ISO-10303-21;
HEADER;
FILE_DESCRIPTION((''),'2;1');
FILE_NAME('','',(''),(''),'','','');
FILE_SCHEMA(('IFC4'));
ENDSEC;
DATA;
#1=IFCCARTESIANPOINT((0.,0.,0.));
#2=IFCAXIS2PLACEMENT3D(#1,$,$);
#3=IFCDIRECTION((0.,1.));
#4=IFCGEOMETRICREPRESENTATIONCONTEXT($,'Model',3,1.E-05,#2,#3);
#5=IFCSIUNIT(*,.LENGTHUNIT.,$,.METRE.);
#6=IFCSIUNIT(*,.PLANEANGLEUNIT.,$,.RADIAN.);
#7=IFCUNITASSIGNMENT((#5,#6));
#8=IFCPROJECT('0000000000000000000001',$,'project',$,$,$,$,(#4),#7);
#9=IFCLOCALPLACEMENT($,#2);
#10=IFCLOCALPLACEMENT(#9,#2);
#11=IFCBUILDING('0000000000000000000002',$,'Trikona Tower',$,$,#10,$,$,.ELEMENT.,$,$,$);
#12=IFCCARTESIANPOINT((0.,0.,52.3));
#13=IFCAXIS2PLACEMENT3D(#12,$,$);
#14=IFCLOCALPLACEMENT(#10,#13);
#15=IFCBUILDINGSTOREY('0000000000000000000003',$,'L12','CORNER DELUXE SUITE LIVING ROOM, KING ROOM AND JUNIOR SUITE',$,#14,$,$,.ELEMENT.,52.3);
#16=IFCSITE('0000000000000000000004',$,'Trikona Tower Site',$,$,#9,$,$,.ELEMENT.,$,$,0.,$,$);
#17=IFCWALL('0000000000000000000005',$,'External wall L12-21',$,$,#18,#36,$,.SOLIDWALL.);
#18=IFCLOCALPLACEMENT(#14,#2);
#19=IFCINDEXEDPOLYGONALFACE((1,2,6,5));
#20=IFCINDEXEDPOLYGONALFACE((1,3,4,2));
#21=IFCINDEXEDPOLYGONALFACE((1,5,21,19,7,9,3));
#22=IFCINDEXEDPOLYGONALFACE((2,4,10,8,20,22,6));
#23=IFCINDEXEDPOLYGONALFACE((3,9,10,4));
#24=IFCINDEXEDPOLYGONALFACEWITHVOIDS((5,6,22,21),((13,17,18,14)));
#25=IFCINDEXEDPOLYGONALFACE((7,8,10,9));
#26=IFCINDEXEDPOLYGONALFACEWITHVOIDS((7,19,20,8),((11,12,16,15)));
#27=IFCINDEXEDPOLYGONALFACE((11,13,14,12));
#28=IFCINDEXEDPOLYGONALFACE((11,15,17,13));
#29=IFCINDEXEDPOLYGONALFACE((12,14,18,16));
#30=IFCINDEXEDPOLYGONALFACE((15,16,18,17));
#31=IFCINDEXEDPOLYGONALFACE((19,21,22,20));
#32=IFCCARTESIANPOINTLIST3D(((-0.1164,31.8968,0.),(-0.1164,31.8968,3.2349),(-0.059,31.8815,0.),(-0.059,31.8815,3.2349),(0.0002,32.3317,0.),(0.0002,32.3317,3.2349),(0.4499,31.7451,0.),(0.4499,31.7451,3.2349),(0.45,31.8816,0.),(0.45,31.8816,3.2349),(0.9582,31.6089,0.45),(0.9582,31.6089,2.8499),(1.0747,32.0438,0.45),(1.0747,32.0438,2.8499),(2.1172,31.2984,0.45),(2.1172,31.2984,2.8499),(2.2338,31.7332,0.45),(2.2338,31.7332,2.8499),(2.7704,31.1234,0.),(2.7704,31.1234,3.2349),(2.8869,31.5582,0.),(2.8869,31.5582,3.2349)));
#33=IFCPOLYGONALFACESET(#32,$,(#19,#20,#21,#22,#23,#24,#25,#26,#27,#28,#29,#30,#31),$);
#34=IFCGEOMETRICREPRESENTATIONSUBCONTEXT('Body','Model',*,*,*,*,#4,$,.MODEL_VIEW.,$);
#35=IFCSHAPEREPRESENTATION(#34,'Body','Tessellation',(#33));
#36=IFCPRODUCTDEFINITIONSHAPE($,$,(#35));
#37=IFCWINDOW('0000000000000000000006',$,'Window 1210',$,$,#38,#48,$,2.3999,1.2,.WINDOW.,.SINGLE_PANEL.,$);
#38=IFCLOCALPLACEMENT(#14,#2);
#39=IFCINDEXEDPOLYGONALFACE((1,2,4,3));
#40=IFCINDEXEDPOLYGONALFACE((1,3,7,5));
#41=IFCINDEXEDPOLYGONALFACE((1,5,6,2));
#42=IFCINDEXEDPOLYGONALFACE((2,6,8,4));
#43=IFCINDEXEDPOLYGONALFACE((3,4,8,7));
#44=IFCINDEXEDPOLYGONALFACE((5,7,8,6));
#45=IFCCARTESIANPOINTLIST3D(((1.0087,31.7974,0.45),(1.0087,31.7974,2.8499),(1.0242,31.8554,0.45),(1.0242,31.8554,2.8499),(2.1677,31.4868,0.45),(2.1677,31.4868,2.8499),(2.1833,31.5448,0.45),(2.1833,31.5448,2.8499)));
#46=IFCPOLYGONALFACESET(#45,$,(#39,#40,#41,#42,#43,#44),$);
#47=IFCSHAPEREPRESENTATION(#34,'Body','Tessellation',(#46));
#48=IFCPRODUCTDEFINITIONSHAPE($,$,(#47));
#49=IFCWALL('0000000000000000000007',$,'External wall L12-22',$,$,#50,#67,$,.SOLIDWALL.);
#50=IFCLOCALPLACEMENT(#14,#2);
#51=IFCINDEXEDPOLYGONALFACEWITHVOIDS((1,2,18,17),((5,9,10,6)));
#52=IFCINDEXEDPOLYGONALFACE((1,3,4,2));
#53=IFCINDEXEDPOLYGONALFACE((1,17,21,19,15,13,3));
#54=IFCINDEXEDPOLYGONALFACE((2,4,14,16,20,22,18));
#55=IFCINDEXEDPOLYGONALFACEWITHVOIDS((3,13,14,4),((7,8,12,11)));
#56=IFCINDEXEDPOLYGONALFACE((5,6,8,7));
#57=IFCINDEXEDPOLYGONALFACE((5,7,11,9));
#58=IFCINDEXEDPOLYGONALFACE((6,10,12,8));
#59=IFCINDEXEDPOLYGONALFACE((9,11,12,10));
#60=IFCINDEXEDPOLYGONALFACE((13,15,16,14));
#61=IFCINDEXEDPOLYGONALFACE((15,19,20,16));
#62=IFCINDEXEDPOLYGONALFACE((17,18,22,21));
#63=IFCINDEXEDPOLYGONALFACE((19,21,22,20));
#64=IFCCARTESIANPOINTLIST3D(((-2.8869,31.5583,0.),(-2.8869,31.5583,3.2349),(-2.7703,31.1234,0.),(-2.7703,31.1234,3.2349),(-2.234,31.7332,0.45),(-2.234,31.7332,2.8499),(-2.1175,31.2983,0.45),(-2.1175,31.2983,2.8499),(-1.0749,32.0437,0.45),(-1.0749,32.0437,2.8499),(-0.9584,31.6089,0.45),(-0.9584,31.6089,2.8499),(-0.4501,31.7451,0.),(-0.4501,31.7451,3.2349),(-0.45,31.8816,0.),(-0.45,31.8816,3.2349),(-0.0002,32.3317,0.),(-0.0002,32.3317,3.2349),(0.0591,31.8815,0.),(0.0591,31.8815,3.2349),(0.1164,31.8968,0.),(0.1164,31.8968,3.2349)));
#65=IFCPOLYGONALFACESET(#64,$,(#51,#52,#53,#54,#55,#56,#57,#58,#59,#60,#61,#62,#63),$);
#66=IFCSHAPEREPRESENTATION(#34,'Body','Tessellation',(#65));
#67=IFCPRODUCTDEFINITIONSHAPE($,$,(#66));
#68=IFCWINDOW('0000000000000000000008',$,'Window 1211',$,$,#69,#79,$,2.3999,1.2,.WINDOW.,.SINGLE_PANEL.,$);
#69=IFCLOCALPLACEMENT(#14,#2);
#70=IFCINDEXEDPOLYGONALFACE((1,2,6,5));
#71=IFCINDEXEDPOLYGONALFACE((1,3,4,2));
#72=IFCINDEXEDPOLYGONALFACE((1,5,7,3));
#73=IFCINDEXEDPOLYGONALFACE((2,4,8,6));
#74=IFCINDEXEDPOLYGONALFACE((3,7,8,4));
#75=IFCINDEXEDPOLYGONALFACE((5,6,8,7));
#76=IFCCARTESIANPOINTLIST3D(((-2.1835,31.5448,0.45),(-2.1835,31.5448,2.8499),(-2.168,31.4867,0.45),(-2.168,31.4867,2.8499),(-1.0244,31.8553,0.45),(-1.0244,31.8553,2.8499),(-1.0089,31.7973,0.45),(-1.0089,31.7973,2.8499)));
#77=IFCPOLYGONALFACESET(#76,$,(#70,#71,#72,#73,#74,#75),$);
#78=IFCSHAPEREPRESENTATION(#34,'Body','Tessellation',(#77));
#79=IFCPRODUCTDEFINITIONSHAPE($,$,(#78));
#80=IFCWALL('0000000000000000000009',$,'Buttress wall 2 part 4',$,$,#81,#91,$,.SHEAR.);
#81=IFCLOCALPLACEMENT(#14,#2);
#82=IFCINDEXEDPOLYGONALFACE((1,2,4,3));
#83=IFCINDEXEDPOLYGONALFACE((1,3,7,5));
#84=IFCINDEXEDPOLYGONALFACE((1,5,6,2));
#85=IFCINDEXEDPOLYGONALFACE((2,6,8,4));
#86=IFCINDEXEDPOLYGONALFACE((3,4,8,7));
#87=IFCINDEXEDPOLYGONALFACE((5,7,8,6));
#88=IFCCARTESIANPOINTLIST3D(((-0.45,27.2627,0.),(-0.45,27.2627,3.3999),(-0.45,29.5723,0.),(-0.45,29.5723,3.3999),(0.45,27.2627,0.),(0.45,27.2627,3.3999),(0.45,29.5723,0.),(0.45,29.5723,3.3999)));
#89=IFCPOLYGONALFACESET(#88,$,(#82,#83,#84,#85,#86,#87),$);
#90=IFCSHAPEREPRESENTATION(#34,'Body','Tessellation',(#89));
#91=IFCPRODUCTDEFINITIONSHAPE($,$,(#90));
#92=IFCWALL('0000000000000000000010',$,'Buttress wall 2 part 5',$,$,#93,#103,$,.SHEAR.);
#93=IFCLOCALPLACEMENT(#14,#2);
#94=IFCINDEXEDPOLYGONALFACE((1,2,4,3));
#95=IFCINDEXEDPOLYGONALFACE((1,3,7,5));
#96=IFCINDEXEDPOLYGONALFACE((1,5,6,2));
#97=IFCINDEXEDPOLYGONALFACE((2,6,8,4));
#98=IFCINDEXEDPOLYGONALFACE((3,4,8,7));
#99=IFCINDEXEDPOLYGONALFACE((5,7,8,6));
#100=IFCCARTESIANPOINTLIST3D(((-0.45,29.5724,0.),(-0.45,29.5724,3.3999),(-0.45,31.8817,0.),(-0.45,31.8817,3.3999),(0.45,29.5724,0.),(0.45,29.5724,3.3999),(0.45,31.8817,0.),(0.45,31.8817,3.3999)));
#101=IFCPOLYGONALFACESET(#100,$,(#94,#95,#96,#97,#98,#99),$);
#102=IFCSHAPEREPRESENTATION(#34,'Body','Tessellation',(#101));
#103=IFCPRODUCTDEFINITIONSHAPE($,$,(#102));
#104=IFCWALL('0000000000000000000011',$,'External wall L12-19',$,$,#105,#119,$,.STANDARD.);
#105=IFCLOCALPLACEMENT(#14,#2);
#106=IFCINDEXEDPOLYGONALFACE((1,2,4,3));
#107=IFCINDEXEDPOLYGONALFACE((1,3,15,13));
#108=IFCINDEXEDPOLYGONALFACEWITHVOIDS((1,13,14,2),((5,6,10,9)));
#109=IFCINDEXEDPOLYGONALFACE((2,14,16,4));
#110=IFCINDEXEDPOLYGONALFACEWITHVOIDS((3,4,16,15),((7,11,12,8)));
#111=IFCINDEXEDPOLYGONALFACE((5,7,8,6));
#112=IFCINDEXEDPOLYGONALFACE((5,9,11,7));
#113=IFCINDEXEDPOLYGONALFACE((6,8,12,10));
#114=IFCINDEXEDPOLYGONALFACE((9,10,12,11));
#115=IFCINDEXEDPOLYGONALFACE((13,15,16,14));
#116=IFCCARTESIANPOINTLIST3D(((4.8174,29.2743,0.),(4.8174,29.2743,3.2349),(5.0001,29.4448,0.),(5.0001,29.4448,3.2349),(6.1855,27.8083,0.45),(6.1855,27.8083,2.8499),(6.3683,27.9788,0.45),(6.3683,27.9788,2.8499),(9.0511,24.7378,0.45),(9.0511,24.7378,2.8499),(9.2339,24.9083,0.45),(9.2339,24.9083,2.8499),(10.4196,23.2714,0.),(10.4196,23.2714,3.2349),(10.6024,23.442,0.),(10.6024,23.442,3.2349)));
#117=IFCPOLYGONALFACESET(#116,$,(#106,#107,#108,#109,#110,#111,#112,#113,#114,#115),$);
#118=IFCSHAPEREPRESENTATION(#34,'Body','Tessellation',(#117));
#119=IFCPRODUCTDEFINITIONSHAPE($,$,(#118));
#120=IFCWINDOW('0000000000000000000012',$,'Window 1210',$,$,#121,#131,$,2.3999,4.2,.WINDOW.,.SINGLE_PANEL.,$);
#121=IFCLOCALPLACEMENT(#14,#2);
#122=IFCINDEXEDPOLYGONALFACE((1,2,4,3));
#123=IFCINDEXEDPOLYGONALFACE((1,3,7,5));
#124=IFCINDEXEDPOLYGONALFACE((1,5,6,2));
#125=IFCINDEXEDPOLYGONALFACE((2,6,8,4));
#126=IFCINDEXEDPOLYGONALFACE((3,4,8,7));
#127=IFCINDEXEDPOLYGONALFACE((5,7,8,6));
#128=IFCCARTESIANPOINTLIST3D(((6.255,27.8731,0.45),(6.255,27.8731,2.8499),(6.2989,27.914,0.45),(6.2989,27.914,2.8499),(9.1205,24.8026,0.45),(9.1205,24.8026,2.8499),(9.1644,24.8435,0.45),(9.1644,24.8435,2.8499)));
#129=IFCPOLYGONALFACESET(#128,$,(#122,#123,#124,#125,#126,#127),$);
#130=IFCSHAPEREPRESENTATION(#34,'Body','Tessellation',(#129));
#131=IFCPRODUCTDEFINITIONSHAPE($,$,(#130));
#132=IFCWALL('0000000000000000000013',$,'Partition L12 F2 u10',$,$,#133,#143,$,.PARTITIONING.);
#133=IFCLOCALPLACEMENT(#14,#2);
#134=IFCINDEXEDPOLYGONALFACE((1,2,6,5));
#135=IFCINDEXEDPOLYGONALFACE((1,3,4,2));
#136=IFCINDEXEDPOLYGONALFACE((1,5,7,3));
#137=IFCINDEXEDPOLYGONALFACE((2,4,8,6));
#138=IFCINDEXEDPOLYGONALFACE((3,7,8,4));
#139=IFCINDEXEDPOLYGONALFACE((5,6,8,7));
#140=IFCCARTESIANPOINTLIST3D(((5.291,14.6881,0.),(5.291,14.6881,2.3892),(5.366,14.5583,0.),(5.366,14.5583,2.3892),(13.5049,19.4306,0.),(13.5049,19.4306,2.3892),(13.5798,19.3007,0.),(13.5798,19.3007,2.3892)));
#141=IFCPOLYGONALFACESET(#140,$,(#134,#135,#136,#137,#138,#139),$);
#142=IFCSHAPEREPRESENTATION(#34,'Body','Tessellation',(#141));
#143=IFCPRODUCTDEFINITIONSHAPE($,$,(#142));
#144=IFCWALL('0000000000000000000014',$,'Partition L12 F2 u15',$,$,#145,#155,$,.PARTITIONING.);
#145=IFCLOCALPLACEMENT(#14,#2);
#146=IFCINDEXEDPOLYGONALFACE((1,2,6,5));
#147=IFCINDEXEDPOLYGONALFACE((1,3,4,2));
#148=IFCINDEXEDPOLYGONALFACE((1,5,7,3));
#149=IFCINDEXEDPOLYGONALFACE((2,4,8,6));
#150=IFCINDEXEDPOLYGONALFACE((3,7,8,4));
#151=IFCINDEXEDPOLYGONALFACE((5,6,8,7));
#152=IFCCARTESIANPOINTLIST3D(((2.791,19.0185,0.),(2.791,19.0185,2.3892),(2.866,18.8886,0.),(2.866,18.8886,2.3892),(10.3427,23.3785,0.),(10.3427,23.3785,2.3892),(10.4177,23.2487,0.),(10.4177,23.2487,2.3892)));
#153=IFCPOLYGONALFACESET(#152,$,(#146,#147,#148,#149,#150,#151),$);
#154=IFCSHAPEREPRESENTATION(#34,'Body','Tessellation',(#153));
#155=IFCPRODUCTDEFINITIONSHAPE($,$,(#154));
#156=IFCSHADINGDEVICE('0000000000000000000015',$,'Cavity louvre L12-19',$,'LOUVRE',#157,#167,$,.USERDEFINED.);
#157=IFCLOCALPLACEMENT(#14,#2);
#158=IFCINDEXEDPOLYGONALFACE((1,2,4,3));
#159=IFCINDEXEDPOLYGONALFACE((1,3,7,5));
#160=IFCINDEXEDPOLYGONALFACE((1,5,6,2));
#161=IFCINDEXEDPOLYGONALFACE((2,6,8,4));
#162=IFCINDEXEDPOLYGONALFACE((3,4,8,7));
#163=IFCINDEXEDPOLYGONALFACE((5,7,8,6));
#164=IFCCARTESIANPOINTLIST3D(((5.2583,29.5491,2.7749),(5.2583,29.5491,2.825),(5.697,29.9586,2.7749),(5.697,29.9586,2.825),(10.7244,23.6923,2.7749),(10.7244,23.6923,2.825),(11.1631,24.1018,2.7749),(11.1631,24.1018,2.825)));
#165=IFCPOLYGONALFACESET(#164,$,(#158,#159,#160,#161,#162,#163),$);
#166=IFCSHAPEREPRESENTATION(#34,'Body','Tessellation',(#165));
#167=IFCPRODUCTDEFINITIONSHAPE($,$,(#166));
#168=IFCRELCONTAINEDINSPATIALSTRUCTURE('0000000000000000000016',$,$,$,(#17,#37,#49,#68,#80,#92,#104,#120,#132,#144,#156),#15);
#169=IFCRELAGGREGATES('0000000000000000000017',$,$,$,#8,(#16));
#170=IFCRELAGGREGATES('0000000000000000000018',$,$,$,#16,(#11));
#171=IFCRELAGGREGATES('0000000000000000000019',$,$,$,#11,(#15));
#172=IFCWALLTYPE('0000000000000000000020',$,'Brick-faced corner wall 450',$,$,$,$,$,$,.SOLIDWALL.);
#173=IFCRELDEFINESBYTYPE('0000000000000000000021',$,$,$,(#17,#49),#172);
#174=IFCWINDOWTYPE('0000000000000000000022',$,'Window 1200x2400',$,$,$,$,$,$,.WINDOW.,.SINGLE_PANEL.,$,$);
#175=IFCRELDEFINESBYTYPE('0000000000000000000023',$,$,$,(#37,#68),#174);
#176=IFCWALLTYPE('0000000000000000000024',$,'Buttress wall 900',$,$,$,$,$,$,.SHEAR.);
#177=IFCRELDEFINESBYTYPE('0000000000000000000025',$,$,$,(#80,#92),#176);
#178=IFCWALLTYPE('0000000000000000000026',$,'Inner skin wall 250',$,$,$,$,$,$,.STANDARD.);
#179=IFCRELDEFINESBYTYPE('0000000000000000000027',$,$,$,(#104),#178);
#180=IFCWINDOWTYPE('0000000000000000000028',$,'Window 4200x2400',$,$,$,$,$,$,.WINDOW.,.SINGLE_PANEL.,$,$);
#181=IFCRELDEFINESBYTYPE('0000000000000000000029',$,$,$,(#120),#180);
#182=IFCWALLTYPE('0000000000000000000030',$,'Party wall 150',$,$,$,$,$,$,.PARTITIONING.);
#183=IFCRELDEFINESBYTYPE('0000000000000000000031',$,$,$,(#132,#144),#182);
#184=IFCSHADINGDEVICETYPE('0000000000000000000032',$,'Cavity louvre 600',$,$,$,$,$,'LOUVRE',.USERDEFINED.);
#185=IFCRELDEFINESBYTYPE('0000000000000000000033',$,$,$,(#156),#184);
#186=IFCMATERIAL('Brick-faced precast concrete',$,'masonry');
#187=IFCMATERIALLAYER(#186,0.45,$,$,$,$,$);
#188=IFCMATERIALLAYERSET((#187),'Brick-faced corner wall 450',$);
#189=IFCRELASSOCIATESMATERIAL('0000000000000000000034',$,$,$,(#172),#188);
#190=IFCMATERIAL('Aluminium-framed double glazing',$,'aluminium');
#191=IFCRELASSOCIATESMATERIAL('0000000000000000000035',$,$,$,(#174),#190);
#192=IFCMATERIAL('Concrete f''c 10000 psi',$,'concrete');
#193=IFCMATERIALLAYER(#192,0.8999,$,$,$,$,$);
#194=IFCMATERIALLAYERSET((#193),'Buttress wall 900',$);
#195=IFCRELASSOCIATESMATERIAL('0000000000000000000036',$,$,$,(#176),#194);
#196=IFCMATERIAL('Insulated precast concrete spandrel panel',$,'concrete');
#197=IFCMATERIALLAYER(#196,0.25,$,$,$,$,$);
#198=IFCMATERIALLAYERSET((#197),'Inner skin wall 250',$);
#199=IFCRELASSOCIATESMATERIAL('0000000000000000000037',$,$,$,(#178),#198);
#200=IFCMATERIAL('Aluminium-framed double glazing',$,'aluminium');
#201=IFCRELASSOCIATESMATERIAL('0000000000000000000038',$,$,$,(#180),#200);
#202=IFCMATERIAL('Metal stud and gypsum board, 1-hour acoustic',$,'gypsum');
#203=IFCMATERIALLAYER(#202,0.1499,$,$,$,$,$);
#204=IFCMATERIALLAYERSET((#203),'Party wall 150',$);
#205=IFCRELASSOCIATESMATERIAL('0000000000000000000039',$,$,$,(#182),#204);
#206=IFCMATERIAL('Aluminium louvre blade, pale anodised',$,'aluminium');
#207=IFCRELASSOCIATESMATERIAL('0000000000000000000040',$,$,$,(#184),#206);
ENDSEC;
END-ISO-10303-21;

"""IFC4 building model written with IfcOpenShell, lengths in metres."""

from ifc_helpers import new_model, si_unit, direction, frame, frame_2d, origin, origin_2d, place, context, subcontext, project, spatial, polyline, rectangle, outline, extrude, material, layer, layer_set, type_object, element, fill, save


model = new_model("IFC4")

# Units and contexts
model_context = context("Model", 3, precision=1e-05, world=origin(), true_north=direction((0.0, 1.0)))
body_context = subcontext(model_context, "Body", "Model", "MODEL_VIEW")
ifc_project = project(units=[si_unit("LENGTHUNIT", "METRE"), si_unit("PLANEANGLEUNIT", "RADIAN")], contexts=[model_context])

# Site, building, storey
site_placement = place(None, origin())
site = spatial("IfcSite", under=ifc_project, at=site_placement, Name="Trikona Tower Site", CompositionType="ELEMENT", RefElevation=0.0)
building_placement = place(site_placement, origin())
building = spatial("IfcBuilding", under=site, at=building_placement, Name="Trikona Tower", CompositionType="ELEMENT")
storey_placement = place(building_placement, frame((0.0, 0.0, 52.3)))
storey = spatial("IfcBuildingStorey", under=building, at=storey_placement, Name="L12", Description="CORNER DELUXE SUITE LIVING ROOM, KING ROOM AND JUNIOR SUITE", CompositionType="ELEMENT", Elevation=52.3)

# Walls, openings, windows
ifc_material_1 = material(Name="Brick-faced precast concrete", Category="masonry")
ifc_layer_1 = layer(ifc_material_1, 0.45)
ifc_layer_set_1 = layer_set([ifc_layer_1], Name="Brick-faced corner wall 450")
wall_type_1 = type_object("IfcWallType", Name="Brick-faced corner wall 450", PredefinedType="SOLIDWALL", material=ifc_layer_set_1)
wall_1_placement = place(storey_placement, frame((2.8286, 31.3408, 0.0), z_axis=(0.0, 0.0, 1.0), x_axis=(-0.965931, 0.258801, 0.0)))
wall_1 = element("IfcWall", 1, at=wall_1_placement, inside=storey, type_object=wall_type_1, Name="External wall L12-21", PredefinedType="SOLIDWALL", context=body_context, shape_type="SweptSolid", body=[
    extrude(outline(polyline([(2.9885, 0.2251), (2.9292, 0.2251), (2.4375, 0.0933), (2.4023, 0.2251), (0.0, 0.2251), (0.0, -0.2251), (2.9885, -0.2251), (2.9885, 0.2251)])), origin(), (0.0, 0.0, 1.0), 3.2349),
])
opening_1_placement = place(wall_1_placement, frame((0.676, 0.0, 0.45)))
opening_1 = element("IfcOpeningElement", 2, at=opening_1_placement, cuts=wall_1, PredefinedType="OPENING", context=body_context, shape_type="SweptSolid", body=[
    extrude(rectangle(XDim=1.2, YDim=2.3999, at=frame_2d((0.6001, 1.2))), frame((0.0, 0.2349, 0.0), z_axis=(0.0, -1.0, 0.0), x_axis=(1.0, 0.0, 0.0)), (0.0, 0.0, 1.0), 0.47),
])
ifc_material_2 = material(Name="Aluminium-framed double glazing", Category="aluminium")
window_type_1 = type_object("IfcWindowType", Name="Window 1200x2400", PartitioningType="SINGLE_PANEL", PredefinedType="WINDOW", material=ifc_material_2)
window_1_placement = place(opening_1_placement, origin())
window_1 = element("IfcWindow", 3, at=window_1_placement, inside=storey, type_object=window_type_1, Name="Window 1210", OverallHeight=2.3999, OverallWidth=1.2, PartitioningType="SINGLE_PANEL", PredefinedType="WINDOW", context=body_context, shape_type="SweptSolid", body=[
    extrude(rectangle(XDim=1.2, YDim=2.3999, at=frame_2d((0.6001, 1.2))), frame((0.0, 0.03, 0.0), z_axis=(0.0, -1.0, 0.0), x_axis=(1.0, 0.0, 0.0)), (0.0, 0.0, 1.0), 0.0601),
])
fill(opening_1, window_1)
wall_2_placement = place(storey_placement, frame((0.0581, 32.1143, 0.0), z_axis=(0.0, 0.0, 1.0), x_axis=(-0.965931, -0.258801, 0.0)))
wall_2 = element("IfcWall", 4, at=wall_2_placement, inside=storey, type_object=wall_type_1, Name="External wall L12-22", PredefinedType="SOLIDWALL", context=body_context, shape_type="SweptSolid", body=[
    extrude(outline(polyline([(2.9885, 0.2251), (0.5864, 0.2251), (0.551, 0.0933), (0.0593, 0.2251), (0.0, 0.2251), (0.0, -0.2251), (2.9885, -0.2251), (2.9885, 0.2251)])), origin(), (0.0, 0.0, 1.0), 3.2349),
])
opening_2_placement = place(wall_2_placement, frame((1.1125, 0.0, 0.45)))
opening_2 = element("IfcOpeningElement", 5, at=opening_2_placement, cuts=wall_2, PredefinedType="OPENING", context=body_context, shape_type="SweptSolid", body=[
    extrude(rectangle(XDim=1.2, YDim=2.3999, at=frame_2d((0.6001, 1.2))), frame((0.0, 0.2349, 0.0), z_axis=(0.0, -1.0, 0.0), x_axis=(1.0, 0.0, 0.0)), (0.0, 0.0, 1.0), 0.47),
])
window_2_placement = place(opening_2_placement, origin())
window_2 = element("IfcWindow", 6, at=window_2_placement, inside=storey, type_object=window_type_1, Name="Window 1211", OverallHeight=2.3999, OverallWidth=1.2, PartitioningType="SINGLE_PANEL", PredefinedType="WINDOW", context=body_context, shape_type="SweptSolid", body=[
    extrude(rectangle(XDim=1.2, YDim=2.3999, at=frame_2d((0.6001, 1.2))), frame((0.0, 0.03, 0.0), z_axis=(0.0, -1.0, 0.0), x_axis=(1.0, 0.0, 0.0)), (0.0, 0.0, 1.0), 0.0601),
])
fill(opening_2, window_2)

# Walls
ifc_material_3 = material(Name="Concrete f'c 10000 psi", Category="concrete")
ifc_layer_2 = layer(ifc_material_3, 0.8999)
ifc_layer_set_2 = layer_set([ifc_layer_2], Name="Buttress wall 900")
wall_type_2 = type_object("IfcWallType", Name="Buttress wall 900", PredefinedType="SHEAR", material=ifc_layer_set_2)
wall_3_placement = place(storey_placement, frame((0.0, 27.2627, 0.0), z_axis=(0.0, 0.0, 1.0), x_axis=(0.0, 1.0, 0.0)))
element("IfcWall", 7, at=wall_3_placement, inside=storey, type_object=wall_type_2, Name="Buttress wall 2 part 4", PredefinedType="SHEAR", context=body_context, shape_type="SweptSolid", body=[
    extrude(rectangle(XDim=2.3096, YDim=0.8999, at=frame_2d((1.1548, 0.0))), origin(), (0.0, 0.0, 1.0), 3.3999),
])
wall_4_placement = place(storey_placement, frame((0.0, 29.5723, 0.0), z_axis=(0.0, 0.0, 1.0), x_axis=(0.0, 1.0, 0.0)))
element("IfcWall", 8, at=wall_4_placement, inside=storey, type_object=wall_type_2, Name="Buttress wall 2 part 5", PredefinedType="SHEAR", context=body_context, shape_type="SweptSolid", body=[
    extrude(rectangle(XDim=2.3093, YDim=0.8999, at=frame_2d((1.1548, 0.0))), origin(), (0.0, 0.0, 1.0), 3.3999),
])

# Wall, opening, window
ifc_material_4 = material(Name="Insulated precast concrete spandrel panel", Category="concrete")
ifc_layer_3 = layer(ifc_material_4, 0.25)
ifc_layer_set_3 = layer_set([ifc_layer_3], Name="Inner skin wall 250")
wall_type_3 = type_object("IfcWallType", Name="Inner skin wall 250", PredefinedType="STANDARD", material=ifc_layer_set_3)
wall_5_placement = place(storey_placement, frame((10.511, 23.3567, 0.0), z_axis=(0.0, 0.0, 1.0), x_axis=(-0.68229, 0.731082, 0.0)))
wall_5 = element("IfcWall", 9, at=wall_5_placement, inside=storey, type_object=wall_type_3, Name="External wall L12-19", PredefinedType="STANDARD", context=body_context, shape_type="SweptSolid", body=[
    extrude(rectangle(XDim=8.2109, YDim=0.25, at=frame_2d((4.1055, 0.0))), origin(), (0.0, 0.0, 1.0), 3.2349),
])
opening_3_placement = place(wall_5_placement, frame((2.0056, 0.0, 0.45)))
opening_3 = element("IfcOpeningElement", 10, at=opening_3_placement, cuts=wall_5, PredefinedType="OPENING", context=body_context, shape_type="SweptSolid", body=[
    extrude(rectangle(XDim=4.2, YDim=2.3999, at=frame_2d((2.1001, 1.2))), frame((0.0, 0.135, 0.0), z_axis=(0.0, -1.0, 0.0), x_axis=(1.0, 0.0, 0.0)), (0.0, 0.0, 1.0), 0.27),
])
ifc_material_5 = material(Name="Aluminium-framed double glazing", Category="aluminium")
window_type_2 = type_object("IfcWindowType", Name="Window 4200x2400", PartitioningType="SINGLE_PANEL", PredefinedType="WINDOW", material=ifc_material_5)
window_3_placement = place(opening_3_placement, origin())
window_3 = element("IfcWindow", 11, at=window_3_placement, inside=storey, type_object=window_type_2, Name="Window 1210", OverallHeight=2.3999, OverallWidth=4.2, PartitioningType="SINGLE_PANEL", PredefinedType="WINDOW", context=body_context, shape_type="SweptSolid", body=[
    extrude(rectangle(XDim=4.2, YDim=2.3999, at=frame_2d((2.1001, 1.2))), frame((0.0, 0.03, 0.0), z_axis=(0.0, -1.0, 0.0), x_axis=(1.0, 0.0, 0.0)), (0.0, 0.0, 1.0), 0.0601),
])
fill(opening_3, window_3)

# Walls
ifc_material_6 = material(Name="Metal stud and gypsum board, 1-hour acoustic", Category="gypsum")
ifc_layer_4 = layer(ifc_material_6, 0.1499)
ifc_layer_set_4 = layer_set([ifc_layer_4], Name="Party wall 150")
wall_type_4 = type_object("IfcWallType", Name="Party wall 150", PredefinedType="PARTITIONING", material=ifc_layer_set_4)
wall_6_placement = place(storey_placement, frame((5.3286, 14.6233, 0.0), z_axis=(0.0, 0.0, 1.0), x_axis=(0.866018, 0.500012, 0.0)))
element("IfcWall", 12, at=wall_6_placement, inside=storey, type_object=wall_type_4, Name="Partition L12 F2 u10", PredefinedType="PARTITIONING", context=body_context, shape_type="SweptSolid", body=[
    extrude(rectangle(XDim=9.4846, YDim=0.1499, at=frame_2d((4.7422, 0.0))), origin(), (0.0, 0.0, 1.0), 2.3892),
])
wall_7_placement = place(storey_placement, frame((2.8286, 18.9536, 0.0), z_axis=(0.0, 0.0, 1.0), x_axis=(0.866021, 0.500008, 0.0)))
element("IfcWall", 13, at=wall_7_placement, inside=storey, type_object=wall_type_4, Name="Partition L12 F2 u15", PredefinedType="PARTITIONING", context=body_context, shape_type="SweptSolid", body=[
    extrude(rectangle(XDim=8.72, YDim=0.1499, at=frame_2d((4.3599, 0.0))), origin(), (0.0, 0.0, 1.0), 2.3892),
])

# Shading device
ifc_material_7 = material(Name="Aluminium louvre blade, pale anodised", Category="aluminium")
shading_device_type = type_object("IfcShadingDeviceType", Name="Cavity louvre 600", ElementType="LOUVRE", PredefinedType="USERDEFINED", material=ifc_material_7)
shading_device_placement = place(storey_placement, frame((8.2107, 26.8254, 2.7749), z_axis=(0.0, 0.0, 1.0), x_axis=(-0.682298, 0.731074, 0.0)))
element("IfcShadingDevice", 14, at=shading_device_placement, inside=storey, type_object=shading_device_type, Name="Cavity louvre L12-19", ObjectType="LOUVRE", PredefinedType="USERDEFINED", context=body_context, shape_type="SweptSolid", body=[
    extrude(rectangle(XDim=8.0112, YDim=0.6001, at=origin_2d()), origin(), (0.0, 0.0, 1.0), 0.05),
])

save(model, "model.ifc")
